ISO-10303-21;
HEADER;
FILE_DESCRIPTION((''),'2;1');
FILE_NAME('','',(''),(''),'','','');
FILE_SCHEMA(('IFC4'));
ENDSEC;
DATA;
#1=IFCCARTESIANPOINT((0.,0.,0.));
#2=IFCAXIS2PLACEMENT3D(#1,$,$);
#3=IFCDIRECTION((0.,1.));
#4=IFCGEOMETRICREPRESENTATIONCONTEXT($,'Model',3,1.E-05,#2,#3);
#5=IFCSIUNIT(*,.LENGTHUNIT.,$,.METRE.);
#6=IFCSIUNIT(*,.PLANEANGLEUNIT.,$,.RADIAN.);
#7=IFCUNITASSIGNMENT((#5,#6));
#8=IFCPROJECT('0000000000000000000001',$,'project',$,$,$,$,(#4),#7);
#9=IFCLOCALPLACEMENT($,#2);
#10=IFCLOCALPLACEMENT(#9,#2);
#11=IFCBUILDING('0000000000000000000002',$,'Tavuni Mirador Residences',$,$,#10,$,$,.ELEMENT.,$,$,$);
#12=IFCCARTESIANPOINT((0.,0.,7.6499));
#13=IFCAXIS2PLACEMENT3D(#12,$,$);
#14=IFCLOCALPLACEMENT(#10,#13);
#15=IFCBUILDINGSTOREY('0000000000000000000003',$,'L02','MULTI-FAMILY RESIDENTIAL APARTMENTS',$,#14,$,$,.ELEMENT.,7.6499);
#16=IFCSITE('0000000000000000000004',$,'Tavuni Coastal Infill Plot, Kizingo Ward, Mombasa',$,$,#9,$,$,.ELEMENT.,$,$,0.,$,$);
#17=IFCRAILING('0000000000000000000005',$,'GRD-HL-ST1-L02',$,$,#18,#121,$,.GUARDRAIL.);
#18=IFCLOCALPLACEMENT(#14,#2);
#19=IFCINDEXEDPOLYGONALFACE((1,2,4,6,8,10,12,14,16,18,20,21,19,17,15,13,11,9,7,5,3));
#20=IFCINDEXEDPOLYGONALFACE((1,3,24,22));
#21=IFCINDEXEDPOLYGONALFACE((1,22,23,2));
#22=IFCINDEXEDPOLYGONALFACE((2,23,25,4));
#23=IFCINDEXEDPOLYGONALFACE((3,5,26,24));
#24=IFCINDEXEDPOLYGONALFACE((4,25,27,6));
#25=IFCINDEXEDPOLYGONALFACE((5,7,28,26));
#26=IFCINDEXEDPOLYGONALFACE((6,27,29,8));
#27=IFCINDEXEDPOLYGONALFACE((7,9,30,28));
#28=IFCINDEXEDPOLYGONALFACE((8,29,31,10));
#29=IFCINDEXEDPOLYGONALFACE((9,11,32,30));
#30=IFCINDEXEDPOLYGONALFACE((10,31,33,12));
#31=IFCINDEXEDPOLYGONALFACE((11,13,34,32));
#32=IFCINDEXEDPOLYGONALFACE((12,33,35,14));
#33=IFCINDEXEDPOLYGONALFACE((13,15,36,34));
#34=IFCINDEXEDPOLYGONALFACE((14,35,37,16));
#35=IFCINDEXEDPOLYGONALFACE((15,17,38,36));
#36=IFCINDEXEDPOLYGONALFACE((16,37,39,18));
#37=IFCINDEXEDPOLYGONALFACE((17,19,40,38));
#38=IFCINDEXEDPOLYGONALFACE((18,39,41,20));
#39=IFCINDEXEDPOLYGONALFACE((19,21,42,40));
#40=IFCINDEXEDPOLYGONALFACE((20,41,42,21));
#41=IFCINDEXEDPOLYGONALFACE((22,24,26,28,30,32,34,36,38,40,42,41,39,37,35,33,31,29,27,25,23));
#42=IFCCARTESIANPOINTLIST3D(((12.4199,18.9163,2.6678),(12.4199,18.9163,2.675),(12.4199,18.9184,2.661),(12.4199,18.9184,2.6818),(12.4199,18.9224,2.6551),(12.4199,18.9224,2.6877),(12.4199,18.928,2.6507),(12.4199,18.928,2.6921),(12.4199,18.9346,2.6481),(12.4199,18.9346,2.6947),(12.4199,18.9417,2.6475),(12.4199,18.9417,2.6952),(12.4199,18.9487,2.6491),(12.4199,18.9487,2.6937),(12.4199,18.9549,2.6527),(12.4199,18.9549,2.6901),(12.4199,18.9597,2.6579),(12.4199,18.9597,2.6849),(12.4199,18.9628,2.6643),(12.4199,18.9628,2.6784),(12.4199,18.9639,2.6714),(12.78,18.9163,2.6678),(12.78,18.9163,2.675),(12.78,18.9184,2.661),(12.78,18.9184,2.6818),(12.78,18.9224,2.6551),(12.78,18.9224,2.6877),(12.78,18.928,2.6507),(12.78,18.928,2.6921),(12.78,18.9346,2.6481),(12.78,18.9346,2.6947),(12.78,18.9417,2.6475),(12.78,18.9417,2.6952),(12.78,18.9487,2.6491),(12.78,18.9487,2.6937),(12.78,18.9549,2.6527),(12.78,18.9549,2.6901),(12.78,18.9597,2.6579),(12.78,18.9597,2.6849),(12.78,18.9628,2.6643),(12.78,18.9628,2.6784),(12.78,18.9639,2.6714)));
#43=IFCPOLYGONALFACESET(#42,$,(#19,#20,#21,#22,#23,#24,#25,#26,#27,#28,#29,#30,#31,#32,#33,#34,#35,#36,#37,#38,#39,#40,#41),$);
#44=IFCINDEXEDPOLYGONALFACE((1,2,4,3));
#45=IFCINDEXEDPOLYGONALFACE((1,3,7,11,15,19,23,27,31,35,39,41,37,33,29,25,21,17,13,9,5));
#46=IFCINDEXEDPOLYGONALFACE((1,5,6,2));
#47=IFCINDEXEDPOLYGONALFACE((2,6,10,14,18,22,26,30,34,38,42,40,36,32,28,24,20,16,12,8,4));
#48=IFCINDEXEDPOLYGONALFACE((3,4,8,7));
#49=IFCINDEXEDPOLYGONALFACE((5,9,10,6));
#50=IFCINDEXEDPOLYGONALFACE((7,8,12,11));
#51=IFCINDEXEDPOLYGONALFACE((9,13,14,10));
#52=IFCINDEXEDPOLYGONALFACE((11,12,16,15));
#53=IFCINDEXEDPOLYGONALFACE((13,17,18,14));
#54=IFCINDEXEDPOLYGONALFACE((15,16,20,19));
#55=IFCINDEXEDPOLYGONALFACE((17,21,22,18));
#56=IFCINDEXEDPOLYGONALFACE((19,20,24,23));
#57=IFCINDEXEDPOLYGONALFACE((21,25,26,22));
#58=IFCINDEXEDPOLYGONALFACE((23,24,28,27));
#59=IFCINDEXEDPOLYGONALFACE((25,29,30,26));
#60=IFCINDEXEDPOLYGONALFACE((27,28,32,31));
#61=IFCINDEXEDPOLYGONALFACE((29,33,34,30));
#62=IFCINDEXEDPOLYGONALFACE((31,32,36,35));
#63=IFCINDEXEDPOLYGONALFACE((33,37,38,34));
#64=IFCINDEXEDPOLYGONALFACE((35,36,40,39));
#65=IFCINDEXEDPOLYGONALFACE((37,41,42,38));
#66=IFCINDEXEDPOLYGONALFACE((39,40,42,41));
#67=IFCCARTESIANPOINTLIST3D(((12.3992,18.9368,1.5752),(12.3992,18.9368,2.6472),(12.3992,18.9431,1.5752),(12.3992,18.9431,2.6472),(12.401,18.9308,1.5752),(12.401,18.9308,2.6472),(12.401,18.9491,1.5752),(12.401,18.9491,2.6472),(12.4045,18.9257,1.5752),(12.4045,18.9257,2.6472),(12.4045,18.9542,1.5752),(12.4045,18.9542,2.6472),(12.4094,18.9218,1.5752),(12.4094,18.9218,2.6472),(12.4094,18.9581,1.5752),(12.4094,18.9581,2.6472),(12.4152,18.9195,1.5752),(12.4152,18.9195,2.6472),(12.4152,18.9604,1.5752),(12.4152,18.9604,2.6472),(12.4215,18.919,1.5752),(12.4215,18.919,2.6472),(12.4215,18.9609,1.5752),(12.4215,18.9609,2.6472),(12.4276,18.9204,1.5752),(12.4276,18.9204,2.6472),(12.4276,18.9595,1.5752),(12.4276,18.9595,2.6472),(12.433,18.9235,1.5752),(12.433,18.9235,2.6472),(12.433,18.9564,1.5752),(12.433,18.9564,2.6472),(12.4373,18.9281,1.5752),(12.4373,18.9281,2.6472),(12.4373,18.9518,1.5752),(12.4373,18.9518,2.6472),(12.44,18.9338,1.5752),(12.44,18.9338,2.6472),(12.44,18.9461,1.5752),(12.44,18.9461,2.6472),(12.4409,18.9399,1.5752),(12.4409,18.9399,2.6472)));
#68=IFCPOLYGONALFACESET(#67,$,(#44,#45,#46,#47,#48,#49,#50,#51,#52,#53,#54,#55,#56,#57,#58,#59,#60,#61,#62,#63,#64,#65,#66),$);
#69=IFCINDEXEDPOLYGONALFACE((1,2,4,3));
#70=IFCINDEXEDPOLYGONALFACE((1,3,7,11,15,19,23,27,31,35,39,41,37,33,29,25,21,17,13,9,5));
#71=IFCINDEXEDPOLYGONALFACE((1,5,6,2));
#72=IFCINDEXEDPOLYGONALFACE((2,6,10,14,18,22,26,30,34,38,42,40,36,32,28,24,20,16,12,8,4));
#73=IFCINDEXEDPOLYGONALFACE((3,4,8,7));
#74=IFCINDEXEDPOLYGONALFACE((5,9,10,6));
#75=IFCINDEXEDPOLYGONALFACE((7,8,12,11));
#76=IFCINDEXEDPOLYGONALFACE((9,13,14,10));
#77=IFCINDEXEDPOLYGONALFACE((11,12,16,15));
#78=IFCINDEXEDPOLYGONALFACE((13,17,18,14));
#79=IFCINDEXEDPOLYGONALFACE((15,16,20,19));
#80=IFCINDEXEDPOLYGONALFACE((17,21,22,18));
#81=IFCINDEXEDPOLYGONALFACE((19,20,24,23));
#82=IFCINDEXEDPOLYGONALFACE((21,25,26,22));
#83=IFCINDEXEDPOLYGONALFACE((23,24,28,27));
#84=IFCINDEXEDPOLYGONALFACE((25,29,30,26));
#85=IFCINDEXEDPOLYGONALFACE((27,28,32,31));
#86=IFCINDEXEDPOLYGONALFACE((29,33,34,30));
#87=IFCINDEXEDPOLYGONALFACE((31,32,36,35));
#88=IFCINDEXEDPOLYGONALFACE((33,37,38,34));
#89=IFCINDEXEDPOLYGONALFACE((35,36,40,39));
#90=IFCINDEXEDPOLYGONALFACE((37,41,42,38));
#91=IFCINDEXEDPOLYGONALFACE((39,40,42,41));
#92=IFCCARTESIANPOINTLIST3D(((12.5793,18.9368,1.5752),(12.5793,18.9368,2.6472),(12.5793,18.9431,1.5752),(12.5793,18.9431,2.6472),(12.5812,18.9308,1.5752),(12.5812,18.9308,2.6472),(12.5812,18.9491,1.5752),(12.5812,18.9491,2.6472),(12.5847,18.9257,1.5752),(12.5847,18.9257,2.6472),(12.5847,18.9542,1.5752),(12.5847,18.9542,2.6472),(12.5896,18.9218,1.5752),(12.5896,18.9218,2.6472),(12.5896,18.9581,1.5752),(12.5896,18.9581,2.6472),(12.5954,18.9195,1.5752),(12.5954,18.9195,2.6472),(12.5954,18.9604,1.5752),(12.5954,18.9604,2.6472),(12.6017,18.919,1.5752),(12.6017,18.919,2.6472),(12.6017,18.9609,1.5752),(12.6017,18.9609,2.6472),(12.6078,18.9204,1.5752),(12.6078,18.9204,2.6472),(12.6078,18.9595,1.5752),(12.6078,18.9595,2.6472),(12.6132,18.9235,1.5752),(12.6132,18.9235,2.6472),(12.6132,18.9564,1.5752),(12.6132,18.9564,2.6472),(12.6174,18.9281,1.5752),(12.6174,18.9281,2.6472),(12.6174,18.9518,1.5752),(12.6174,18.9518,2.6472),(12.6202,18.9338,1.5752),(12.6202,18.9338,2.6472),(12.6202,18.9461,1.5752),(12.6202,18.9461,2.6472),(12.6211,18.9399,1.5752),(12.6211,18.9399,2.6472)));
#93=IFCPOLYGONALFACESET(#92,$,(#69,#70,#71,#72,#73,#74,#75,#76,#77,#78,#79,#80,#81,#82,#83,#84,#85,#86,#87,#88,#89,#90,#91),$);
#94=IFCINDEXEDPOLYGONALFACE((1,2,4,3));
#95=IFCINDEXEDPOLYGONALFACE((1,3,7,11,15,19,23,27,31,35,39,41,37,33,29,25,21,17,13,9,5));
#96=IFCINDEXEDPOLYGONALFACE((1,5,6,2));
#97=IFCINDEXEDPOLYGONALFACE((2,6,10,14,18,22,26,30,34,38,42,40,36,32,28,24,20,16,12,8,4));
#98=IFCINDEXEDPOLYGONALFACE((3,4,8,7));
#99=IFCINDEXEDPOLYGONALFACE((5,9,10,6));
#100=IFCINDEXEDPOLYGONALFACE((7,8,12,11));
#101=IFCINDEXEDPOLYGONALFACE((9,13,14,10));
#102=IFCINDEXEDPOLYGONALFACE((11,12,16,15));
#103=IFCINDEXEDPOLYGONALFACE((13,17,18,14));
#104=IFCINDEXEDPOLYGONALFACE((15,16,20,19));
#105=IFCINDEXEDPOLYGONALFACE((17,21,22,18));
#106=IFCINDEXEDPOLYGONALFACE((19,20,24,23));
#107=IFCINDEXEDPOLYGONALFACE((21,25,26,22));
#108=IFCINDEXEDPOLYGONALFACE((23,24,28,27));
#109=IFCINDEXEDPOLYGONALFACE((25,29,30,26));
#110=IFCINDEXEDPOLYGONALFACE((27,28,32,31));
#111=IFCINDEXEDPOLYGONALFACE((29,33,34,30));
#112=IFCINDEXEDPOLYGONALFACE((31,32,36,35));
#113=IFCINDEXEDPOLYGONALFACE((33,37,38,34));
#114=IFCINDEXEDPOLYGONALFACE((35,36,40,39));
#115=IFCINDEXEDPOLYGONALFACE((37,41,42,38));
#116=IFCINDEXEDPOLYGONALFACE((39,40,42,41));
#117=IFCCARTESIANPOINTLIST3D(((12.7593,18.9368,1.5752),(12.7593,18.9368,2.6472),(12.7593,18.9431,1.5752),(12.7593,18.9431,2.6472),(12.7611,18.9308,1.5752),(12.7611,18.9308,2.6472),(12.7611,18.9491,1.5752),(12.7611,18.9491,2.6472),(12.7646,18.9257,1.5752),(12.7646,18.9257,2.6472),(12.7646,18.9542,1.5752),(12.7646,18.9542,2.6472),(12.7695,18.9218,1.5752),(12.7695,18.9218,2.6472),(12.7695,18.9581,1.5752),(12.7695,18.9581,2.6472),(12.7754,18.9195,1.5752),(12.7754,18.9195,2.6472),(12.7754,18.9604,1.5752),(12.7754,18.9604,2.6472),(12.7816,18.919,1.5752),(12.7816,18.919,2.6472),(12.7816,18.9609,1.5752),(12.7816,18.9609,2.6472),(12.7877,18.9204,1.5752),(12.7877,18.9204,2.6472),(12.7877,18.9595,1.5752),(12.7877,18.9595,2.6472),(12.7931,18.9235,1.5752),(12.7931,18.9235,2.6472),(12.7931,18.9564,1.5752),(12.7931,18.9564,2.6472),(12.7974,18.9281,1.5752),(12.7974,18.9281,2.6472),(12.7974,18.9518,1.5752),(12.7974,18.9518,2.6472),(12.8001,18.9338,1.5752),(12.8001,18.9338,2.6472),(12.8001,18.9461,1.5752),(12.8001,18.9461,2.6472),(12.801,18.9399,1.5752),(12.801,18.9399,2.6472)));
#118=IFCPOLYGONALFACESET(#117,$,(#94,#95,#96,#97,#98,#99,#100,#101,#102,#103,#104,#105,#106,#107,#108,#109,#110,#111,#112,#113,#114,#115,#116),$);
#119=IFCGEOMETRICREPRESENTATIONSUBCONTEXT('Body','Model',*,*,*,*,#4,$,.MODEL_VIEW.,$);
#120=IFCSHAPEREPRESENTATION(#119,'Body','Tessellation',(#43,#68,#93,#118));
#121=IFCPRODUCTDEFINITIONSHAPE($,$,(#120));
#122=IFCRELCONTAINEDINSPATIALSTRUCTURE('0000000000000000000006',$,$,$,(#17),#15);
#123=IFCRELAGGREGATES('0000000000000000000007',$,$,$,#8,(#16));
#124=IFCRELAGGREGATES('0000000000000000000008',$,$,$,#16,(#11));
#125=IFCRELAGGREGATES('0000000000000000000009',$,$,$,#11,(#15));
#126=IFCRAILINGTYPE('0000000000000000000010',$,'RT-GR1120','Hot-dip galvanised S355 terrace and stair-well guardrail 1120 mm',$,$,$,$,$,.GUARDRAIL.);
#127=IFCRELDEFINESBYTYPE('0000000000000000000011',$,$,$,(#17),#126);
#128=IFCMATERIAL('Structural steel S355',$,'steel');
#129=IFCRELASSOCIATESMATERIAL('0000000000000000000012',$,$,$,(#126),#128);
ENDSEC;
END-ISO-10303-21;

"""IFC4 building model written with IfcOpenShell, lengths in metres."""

from ifc_helpers import new_model, si_unit, direction, frame, origin, origin_2d, place, context, subcontext, project, spatial, circle, extrude, material, type_object, element, save


model = new_model("IFC4")

# Units and contexts
model_context = context("Model", 3, precision=1e-05, world=origin(), true_north=direction((0.0, 1.0)))
body_context = subcontext(model_context, "Body", "Model", "MODEL_VIEW")
ifc_project = project(units=[si_unit("LENGTHUNIT", "METRE"), si_unit("PLANEANGLEUNIT", "RADIAN")], contexts=[model_context])

# Site, building, storey
site_placement = place(None, origin())
site = spatial("IfcSite", under=ifc_project, at=site_placement, Name="Tavuni Coastal Infill Plot, Kizingo Ward, Mombasa", CompositionType="ELEMENT", RefElevation=0.0)
building_placement = place(site_placement, origin())
building = spatial("IfcBuilding", under=site, at=building_placement, Name="Tavuni Mirador Residences", CompositionType="ELEMENT")
storey_placement = place(building_placement, frame((0.0, 0.0, 7.6499)))
storey = spatial("IfcBuildingStorey", under=building, at=storey_placement, Name="L02", Description="MULTI-FAMILY RESIDENTIAL APARTMENTS", CompositionType="ELEMENT", Elevation=7.6499)

# Shared definitions
ifc_material_1 = material(Name="Structural steel S355", Category="steel")

# Railing
railing_type_1 = type_object("IfcRailingType", Name="RT-GR1120", Description="Hot-dip galvanised S355 terrace and stair-well guardrail 1120 mm", PredefinedType="GUARDRAIL", material=ifc_material_1)
railing_1_placement = place(storey_placement, frame((12.4199, 18.9399, 1.5752)))
element("IfcRailing", 1, at=railing_1_placement, inside=storey, type_object=railing_type_1, Name="GRD-HL-ST1-L02", PredefinedType="GUARDRAIL", context=body_context, shape_type="SweptSolid", body=[
    extrude(circle(Radius=0.0239, at=origin_2d()), frame((0.0, 0.0, 1.0962), z_axis=(1.0, 0.0, 0.0), x_axis=(0.0, 1.0, 0.0)), (0.0, 0.0, 1.0), 0.3601),
    extrude(circle(Radius=0.021, at=origin_2d()), origin(), (0.0, 0.0, 1.0), 1.072),
    extrude(circle(Radius=0.021, at=origin_2d()), frame((0.1802, 0.0, 0.0)), (0.0, 0.0, 1.0), 1.072),
    extrude(circle(Radius=0.021, at=origin_2d()), frame((0.3601, 0.0, 0.0)), (0.0, 0.0, 1.0), 1.072),
])

save(model, "model.ifc")
